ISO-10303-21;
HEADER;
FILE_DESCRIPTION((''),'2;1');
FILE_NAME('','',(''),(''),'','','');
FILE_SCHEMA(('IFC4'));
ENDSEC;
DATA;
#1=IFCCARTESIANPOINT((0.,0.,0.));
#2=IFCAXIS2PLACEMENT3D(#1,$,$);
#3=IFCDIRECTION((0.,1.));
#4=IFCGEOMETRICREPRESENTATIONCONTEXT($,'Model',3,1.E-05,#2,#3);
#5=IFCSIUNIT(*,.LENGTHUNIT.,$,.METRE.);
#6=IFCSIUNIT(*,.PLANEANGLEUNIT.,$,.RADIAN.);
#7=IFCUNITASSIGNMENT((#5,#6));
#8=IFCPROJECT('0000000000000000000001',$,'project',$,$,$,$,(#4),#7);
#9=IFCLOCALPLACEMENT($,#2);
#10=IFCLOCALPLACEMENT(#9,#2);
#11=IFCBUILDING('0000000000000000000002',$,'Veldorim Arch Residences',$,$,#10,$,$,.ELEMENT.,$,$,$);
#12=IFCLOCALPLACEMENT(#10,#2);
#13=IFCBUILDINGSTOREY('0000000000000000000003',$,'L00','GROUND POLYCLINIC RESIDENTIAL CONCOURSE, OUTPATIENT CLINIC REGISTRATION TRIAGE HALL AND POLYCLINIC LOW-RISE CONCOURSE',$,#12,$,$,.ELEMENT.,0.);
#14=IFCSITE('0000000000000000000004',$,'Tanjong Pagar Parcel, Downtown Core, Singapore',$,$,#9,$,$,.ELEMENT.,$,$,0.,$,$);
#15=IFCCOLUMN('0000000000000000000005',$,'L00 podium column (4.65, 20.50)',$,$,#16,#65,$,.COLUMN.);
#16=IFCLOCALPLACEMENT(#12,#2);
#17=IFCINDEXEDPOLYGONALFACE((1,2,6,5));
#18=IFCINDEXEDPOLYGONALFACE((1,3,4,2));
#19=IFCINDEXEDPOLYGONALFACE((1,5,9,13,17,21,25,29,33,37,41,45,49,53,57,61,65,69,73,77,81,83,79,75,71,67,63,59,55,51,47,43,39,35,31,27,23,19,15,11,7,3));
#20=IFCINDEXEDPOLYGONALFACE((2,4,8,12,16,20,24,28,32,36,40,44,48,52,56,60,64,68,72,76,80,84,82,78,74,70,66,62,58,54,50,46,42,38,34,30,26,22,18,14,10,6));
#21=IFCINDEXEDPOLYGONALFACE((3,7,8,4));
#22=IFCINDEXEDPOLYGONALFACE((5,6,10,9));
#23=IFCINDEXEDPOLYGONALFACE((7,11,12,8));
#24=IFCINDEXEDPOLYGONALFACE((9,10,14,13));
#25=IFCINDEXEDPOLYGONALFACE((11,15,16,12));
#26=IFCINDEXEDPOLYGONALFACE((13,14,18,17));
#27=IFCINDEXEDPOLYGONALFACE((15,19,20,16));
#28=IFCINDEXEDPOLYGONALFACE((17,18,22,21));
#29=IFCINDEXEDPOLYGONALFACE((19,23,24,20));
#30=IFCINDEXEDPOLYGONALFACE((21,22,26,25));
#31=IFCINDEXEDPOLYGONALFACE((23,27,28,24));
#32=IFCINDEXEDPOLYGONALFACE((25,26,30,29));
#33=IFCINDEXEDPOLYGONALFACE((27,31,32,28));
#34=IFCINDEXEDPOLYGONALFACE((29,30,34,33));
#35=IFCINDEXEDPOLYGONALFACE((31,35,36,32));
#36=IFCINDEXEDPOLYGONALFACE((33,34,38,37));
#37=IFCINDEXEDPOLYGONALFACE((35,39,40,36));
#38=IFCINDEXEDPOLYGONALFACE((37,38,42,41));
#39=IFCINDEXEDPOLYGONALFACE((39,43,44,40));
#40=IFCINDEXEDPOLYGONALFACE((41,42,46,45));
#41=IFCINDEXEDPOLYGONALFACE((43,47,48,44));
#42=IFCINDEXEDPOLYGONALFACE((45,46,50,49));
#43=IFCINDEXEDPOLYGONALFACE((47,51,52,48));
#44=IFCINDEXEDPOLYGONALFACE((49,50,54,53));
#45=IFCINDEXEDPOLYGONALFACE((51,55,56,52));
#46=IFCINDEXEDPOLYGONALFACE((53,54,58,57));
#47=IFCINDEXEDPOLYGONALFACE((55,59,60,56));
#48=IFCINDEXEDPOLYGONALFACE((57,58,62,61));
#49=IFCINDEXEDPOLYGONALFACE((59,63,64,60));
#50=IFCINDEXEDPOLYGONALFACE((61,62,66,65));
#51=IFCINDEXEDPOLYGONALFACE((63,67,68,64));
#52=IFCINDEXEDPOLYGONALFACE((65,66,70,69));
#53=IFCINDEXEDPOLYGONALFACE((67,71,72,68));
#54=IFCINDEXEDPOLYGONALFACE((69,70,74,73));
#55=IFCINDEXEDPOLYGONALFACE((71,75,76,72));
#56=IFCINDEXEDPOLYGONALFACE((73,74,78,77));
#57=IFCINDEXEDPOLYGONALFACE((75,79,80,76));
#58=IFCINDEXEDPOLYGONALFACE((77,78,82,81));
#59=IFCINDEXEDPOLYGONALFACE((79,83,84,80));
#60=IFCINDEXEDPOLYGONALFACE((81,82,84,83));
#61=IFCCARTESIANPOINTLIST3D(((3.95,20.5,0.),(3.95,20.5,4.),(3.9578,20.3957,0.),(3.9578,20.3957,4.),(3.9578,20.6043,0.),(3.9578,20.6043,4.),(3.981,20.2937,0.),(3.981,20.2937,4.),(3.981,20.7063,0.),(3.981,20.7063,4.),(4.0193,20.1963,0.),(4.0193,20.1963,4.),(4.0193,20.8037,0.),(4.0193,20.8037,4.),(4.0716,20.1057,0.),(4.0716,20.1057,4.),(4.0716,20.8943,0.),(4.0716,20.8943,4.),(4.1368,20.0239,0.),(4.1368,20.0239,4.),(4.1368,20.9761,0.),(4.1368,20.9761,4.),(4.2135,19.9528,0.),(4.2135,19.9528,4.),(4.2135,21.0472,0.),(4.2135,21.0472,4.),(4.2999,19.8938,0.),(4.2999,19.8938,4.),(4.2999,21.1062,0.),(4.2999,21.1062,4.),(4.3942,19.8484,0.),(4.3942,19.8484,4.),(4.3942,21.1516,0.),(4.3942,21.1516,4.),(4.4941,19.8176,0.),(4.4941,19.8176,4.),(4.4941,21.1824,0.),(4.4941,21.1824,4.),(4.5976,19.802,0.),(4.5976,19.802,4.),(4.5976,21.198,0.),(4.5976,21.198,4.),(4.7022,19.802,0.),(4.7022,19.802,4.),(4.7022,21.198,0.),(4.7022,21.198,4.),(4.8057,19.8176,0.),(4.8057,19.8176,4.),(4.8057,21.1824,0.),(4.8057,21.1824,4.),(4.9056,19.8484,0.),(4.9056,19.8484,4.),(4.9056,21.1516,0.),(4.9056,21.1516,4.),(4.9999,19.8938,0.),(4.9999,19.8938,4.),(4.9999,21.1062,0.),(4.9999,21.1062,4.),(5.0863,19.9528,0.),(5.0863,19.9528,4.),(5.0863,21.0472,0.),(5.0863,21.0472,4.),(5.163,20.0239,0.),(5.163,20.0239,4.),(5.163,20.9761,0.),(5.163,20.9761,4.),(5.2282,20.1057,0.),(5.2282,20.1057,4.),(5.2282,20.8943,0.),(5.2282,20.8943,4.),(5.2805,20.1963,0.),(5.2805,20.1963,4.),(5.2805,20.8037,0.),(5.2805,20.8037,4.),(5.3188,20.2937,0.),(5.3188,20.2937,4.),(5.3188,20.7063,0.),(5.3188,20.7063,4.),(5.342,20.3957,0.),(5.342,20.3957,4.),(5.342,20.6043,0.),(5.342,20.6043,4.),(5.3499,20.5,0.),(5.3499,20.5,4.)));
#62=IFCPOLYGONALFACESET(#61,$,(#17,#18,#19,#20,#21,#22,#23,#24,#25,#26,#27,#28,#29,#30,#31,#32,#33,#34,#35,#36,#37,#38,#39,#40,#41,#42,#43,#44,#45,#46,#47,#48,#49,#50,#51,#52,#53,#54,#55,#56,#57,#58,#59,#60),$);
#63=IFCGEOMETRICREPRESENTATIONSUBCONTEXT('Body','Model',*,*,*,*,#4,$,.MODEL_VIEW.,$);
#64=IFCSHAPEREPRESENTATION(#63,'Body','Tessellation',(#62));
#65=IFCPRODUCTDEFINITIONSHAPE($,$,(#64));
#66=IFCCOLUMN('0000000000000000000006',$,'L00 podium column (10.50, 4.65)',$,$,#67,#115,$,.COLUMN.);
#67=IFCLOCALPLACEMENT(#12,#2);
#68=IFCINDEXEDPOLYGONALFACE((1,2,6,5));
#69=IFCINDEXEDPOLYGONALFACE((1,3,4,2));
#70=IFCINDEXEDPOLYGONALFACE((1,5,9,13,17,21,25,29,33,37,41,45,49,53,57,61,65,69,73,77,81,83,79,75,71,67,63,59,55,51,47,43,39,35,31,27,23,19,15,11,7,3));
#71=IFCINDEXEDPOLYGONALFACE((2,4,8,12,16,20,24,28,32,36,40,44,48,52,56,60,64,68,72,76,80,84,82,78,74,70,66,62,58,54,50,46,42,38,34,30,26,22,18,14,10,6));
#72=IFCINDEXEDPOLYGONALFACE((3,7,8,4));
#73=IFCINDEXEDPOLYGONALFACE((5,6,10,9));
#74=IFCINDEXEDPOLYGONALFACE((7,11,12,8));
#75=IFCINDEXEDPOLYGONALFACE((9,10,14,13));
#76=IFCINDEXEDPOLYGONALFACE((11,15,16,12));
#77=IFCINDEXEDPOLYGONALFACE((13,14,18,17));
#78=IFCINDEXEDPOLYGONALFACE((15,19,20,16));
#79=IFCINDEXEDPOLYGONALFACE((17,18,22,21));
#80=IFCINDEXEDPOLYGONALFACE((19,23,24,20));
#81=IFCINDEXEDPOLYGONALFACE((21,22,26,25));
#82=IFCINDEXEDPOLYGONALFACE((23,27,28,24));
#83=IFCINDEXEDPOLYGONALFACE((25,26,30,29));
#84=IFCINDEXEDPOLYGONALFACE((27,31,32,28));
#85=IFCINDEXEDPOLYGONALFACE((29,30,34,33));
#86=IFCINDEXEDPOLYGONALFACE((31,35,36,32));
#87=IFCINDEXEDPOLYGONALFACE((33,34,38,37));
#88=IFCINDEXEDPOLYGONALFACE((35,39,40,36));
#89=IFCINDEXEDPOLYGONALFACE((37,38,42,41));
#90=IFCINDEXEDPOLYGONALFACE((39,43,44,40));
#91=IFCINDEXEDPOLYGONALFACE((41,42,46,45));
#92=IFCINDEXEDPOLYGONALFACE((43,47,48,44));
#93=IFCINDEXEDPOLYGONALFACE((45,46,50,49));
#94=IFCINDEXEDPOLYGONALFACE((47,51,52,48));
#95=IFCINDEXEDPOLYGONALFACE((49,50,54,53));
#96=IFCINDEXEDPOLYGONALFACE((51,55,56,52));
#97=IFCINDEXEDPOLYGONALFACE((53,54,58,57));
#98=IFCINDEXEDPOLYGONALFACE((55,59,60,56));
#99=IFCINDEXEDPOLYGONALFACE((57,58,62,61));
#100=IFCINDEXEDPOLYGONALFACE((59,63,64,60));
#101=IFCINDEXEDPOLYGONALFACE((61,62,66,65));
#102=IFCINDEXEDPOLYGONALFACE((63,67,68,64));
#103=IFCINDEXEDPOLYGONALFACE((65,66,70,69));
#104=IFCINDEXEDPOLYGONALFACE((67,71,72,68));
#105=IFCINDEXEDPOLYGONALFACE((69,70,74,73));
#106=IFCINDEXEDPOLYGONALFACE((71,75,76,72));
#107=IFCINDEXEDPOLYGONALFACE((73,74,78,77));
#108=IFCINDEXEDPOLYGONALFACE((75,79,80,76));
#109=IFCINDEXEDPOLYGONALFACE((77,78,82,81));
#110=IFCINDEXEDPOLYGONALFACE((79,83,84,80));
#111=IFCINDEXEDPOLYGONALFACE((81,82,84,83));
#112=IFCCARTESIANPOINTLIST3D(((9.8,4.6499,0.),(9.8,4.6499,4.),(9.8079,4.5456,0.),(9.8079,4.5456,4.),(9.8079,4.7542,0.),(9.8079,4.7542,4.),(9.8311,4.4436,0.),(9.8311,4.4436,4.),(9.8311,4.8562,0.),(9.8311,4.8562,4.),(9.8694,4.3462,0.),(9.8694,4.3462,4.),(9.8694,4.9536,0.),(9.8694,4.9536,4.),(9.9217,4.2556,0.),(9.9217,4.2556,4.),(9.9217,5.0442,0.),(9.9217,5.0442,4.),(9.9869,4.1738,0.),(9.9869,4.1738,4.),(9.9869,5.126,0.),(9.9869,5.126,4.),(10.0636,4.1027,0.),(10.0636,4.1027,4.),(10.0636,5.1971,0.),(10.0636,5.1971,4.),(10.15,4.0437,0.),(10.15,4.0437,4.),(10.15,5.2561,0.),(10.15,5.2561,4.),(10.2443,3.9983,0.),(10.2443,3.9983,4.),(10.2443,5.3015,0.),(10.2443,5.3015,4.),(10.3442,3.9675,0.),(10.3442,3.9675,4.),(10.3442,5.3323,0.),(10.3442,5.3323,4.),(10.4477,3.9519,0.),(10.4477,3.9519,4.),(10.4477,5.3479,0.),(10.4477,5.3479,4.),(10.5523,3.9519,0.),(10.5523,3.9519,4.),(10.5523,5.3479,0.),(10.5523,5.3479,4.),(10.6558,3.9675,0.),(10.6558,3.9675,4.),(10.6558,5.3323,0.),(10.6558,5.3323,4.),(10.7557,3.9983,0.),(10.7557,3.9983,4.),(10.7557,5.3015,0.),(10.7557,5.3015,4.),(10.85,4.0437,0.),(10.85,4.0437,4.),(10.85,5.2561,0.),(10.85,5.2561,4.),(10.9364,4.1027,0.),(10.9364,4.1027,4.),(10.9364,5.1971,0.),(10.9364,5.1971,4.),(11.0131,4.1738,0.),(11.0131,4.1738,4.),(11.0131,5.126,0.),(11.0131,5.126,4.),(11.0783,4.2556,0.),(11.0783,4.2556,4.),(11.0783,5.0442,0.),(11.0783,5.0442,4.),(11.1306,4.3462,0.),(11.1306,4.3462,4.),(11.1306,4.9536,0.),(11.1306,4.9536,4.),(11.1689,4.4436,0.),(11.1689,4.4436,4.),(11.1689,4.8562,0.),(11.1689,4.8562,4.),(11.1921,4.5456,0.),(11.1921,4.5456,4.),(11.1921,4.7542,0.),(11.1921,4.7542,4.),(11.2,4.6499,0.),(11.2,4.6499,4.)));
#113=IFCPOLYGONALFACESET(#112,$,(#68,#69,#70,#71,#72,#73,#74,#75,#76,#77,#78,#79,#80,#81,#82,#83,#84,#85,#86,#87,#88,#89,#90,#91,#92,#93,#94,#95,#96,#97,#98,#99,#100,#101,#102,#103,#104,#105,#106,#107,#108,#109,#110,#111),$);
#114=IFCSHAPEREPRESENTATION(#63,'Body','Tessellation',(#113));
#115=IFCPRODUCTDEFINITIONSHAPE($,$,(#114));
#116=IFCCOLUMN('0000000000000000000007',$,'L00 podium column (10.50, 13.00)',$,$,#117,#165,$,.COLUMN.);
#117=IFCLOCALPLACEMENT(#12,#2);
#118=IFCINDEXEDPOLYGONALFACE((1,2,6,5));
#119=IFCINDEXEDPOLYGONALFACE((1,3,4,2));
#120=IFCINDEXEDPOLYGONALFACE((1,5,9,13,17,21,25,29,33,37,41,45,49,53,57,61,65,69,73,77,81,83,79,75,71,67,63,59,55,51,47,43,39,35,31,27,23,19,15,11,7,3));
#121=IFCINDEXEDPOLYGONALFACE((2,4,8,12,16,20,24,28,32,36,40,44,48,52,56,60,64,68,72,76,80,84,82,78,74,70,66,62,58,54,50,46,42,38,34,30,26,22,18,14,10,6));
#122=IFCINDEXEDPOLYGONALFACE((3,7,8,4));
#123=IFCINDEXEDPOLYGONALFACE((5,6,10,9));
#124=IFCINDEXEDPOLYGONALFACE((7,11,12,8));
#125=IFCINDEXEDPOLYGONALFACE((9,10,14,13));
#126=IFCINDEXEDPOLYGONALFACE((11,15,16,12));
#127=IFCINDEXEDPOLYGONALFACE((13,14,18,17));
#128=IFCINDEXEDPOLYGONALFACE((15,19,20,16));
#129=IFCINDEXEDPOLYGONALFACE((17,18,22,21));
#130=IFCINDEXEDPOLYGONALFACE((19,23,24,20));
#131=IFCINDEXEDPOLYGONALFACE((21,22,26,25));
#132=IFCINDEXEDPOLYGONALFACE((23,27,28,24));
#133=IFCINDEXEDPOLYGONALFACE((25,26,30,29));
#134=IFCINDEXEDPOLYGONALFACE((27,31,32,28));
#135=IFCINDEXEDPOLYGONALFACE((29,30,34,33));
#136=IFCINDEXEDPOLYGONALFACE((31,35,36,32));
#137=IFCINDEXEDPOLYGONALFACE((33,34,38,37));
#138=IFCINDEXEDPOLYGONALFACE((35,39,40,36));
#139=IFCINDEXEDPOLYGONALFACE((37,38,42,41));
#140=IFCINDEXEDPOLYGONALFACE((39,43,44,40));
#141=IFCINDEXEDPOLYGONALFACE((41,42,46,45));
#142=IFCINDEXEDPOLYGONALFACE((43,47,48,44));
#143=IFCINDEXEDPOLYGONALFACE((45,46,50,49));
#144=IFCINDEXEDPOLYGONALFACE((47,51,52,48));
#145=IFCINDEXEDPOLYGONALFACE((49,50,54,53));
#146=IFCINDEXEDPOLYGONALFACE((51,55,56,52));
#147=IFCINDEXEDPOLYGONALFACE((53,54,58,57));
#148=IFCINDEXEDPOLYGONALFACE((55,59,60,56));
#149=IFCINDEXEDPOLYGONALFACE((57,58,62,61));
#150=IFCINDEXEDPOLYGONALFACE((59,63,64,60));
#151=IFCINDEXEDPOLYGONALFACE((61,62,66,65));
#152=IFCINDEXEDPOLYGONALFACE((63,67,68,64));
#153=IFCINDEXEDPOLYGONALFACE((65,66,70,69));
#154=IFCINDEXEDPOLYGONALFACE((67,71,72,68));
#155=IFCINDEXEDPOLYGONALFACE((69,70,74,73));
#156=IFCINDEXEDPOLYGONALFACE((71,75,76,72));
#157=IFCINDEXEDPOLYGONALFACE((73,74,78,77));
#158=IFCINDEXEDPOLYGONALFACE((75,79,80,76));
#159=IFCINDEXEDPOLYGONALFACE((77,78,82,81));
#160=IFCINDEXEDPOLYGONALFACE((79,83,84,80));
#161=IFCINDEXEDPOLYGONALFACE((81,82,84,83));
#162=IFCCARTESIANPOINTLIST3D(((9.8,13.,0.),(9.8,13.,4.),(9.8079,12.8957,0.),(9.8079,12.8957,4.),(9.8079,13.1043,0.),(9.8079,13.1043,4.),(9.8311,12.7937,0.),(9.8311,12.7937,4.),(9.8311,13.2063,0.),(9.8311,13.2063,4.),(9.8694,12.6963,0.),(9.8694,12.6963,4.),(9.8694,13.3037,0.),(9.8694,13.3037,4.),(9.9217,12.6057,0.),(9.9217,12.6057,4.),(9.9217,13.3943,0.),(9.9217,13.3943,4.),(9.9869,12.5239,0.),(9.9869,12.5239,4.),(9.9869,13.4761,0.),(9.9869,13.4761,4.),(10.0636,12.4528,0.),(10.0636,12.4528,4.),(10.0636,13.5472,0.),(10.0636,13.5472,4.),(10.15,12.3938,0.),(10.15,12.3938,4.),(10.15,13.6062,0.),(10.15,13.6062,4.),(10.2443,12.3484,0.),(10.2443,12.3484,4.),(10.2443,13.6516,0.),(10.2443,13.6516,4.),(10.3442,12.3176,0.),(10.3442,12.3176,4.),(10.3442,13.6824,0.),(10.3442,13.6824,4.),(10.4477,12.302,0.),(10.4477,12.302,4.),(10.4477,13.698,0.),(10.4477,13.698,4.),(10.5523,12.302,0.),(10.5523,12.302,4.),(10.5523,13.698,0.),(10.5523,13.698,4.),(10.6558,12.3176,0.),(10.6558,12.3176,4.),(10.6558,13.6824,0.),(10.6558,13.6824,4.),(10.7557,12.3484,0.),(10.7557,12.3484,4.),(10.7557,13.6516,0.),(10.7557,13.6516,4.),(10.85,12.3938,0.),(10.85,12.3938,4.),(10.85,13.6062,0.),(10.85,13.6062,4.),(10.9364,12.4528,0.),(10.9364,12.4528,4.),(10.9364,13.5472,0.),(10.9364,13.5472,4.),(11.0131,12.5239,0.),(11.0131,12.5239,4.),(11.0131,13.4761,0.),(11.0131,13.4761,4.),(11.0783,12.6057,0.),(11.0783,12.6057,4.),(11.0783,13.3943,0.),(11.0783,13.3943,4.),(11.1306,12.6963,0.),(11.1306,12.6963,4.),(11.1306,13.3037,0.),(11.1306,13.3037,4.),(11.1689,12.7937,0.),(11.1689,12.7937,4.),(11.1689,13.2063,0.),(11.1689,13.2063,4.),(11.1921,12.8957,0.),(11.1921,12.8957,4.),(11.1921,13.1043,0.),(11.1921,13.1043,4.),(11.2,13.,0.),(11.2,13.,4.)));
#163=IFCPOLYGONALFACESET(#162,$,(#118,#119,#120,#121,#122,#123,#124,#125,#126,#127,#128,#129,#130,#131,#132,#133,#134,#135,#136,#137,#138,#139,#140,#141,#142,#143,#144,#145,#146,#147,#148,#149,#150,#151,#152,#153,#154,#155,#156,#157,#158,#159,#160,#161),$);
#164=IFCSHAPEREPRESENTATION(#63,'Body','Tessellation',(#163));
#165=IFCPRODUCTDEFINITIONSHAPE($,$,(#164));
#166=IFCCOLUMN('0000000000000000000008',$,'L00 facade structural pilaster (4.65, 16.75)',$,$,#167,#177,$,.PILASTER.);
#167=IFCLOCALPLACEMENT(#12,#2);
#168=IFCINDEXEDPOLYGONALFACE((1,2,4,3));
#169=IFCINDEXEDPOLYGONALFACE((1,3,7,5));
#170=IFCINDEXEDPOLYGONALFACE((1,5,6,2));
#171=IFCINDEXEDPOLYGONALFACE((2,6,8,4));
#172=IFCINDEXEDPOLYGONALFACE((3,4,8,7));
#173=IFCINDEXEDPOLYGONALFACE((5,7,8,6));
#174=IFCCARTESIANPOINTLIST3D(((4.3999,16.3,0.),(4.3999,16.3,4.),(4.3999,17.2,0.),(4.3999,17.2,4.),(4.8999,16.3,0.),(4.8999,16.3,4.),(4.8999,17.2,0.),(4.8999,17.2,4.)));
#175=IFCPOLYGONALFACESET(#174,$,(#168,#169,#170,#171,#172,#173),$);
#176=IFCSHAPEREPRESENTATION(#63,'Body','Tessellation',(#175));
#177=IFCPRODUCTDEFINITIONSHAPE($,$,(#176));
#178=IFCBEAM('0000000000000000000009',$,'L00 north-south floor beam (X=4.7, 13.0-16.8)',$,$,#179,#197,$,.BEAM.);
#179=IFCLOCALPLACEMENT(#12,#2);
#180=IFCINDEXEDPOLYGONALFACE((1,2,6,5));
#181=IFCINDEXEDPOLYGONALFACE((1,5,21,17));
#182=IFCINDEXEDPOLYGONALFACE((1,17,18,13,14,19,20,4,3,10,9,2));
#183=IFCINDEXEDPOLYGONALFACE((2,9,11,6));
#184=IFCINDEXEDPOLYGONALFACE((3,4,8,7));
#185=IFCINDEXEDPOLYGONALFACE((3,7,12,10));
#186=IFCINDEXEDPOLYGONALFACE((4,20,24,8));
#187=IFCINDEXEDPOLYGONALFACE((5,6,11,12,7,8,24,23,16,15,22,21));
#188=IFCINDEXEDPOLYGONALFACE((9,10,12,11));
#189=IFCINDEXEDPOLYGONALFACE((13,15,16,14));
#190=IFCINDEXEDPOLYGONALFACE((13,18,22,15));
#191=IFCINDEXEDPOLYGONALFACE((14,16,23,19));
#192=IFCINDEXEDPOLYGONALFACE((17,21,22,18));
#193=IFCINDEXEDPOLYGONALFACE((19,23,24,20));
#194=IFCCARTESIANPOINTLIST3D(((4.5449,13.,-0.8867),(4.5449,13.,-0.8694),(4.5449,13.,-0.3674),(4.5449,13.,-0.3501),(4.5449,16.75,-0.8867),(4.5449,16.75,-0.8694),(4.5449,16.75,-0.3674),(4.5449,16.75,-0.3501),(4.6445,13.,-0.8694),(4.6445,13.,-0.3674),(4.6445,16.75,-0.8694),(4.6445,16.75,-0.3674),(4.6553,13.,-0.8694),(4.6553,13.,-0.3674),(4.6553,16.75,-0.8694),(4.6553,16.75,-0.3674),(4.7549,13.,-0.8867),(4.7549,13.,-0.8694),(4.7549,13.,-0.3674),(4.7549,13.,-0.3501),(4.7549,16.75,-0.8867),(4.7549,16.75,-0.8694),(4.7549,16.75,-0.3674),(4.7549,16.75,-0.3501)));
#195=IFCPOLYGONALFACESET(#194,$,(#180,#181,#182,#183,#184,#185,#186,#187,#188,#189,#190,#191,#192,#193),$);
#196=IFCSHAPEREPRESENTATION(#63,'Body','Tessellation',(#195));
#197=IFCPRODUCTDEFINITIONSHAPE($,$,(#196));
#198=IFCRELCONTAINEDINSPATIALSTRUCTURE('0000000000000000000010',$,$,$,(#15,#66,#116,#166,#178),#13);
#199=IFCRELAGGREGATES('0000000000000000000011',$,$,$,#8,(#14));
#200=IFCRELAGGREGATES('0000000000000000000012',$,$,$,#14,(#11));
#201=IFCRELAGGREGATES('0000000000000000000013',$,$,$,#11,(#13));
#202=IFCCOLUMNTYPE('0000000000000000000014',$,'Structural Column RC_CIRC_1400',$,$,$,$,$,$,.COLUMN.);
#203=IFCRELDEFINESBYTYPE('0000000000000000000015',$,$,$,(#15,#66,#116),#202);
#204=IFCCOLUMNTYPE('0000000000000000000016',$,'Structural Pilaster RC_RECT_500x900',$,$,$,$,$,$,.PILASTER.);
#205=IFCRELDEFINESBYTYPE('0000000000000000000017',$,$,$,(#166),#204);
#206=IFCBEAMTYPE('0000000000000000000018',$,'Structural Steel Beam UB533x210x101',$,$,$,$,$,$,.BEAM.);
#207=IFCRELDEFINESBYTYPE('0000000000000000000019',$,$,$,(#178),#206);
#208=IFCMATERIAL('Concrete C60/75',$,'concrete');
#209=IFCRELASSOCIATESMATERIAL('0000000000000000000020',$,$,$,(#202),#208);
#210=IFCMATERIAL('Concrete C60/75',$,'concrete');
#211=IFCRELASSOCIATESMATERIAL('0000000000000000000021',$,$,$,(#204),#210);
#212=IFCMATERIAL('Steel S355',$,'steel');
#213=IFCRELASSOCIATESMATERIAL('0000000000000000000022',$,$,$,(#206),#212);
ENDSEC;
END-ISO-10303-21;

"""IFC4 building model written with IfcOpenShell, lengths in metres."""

from ifc_helpers import new_model, si_unit, direction, frame, origin, origin_2d, place, context, subcontext, project, spatial, rectangle, circle, i_section, extrude, material, material_profile, profile_set, type_object, element, save


model = new_model("IFC4")

# Units and contexts
model_context = context("Model", 3, precision=1e-05, world=origin(), true_north=direction((0.0, 1.0)))
body_context = subcontext(model_context, "Body", "Model", "MODEL_VIEW")
ifc_project = project(units=[si_unit("LENGTHUNIT", "METRE"), si_unit("PLANEANGLEUNIT", "RADIAN")], contexts=[model_context])

# Site, building, storey
site_placement = place(None, origin())
site = spatial("IfcSite", under=ifc_project, at=site_placement, Name="Tanjong Pagar Parcel, Downtown Core, Singapore", CompositionType="ELEMENT", RefElevation=0.0)
building_placement = place(site_placement, origin())
building = spatial("IfcBuilding", under=site, at=building_placement, Name="Veldorim Arch Residences", CompositionType="ELEMENT")
storey_placement = place(building_placement, origin())
storey = spatial("IfcBuildingStorey", under=building, at=storey_placement, Name="L00", Description="GROUND POLYCLINIC RESIDENTIAL CONCOURSE, OUTPATIENT CLINIC REGISTRATION TRIAGE HALL AND POLYCLINIC LOW-RISE CONCOURSE", CompositionType="ELEMENT", Elevation=0.0)

# Columns
ifc_material_1 = material(Name="Concrete C60/75", Category="concrete")
ifc_material_profile_1 = material_profile(ifc_material_1, circle(Radius=0.7, at=origin_2d()), Name="RC_CIRC_1400")
ifc_profile_set_1 = profile_set([ifc_material_profile_1], Name="Concrete C60/75")
column_type_1 = type_object("IfcColumnType", Name="Structural Column RC_CIRC_1400", PredefinedType="COLUMN", material=ifc_profile_set_1)
for number, where, z_axis, x_axis, name in (
    (1, (4.6499, 20.5, 0.0), (0.0, 0.0, 1.0), (1.0, 0.0, 0.0), "L00 podium column (4.65, 20.50)"),
    (2, (10.5, 4.6499, 0.0), (0.0, 0.0, 1.0), (1.0, 0.0, 0.0), "L00 podium column (10.50, 4.65)"),
    (3, (10.5, 13.0, 0.0), (0.0, 0.0, 1.0), (1.0, 0.0, 0.0), "L00 podium column (10.50, 13.00)"),
):
    element("IfcColumn", number, at=place(storey_placement, frame(where, z_axis=z_axis, x_axis=x_axis)), inside=storey, type_object=column_type_1, Name=name, PredefinedType="COLUMN", context=body_context, shape_type="SweptSolid", body=[
        extrude(circle(Radius=0.7, at=origin_2d()), origin(), (0.0, 0.0, 1.0), 4.0),
    ])
ifc_material_2 = material(Name="Concrete C60/75", Category="concrete")
ifc_material_profile_2 = material_profile(ifc_material_2, rectangle(XDim=0.5, YDim=0.8999, at=origin_2d()), Name="RC_RECT_500x900")
ifc_profile_set_2 = profile_set([ifc_material_profile_2], Name="Concrete C60/75")
column_type_2 = type_object("IfcColumnType", Name="Structural Pilaster RC_RECT_500x900", PredefinedType="PILASTER", material=ifc_profile_set_2)
column_placement = place(storey_placement, frame((4.6499, 16.75, 0.0), z_axis=(0.0, 0.0, 1.0), x_axis=(1.0, 0.0, 0.0)))
element("IfcColumn", 4, at=column_placement, inside=storey, type_object=column_type_2, Name="L00 facade structural pilaster (4.65, 16.75)", PredefinedType="PILASTER", context=body_context, shape_type="SweptSolid", body=[
    extrude(rectangle(XDim=0.5, YDim=0.8999, at=origin_2d()), origin(), (0.0, 0.0, 1.0), 4.0),
])

# Beam
ifc_material_3 = material(Name="Steel S355", Category="steel")
ifc_material_profile_3 = material_profile(ifc_material_3, i_section(OverallWidth=0.21, OverallDepth=0.5366, WebThickness=0.0107, FlangeThickness=0.0173, at=origin_2d()), Name="UB533x210x101")
ifc_profile_set_3 = profile_set([ifc_material_profile_3], Name="Steel S355")
beam_type_1 = type_object("IfcBeamType", Name="Structural Steel Beam UB533x210x101", PredefinedType="BEAM", material=ifc_profile_set_3)
beam_1_placement = place(storey_placement, frame((4.6499, 13.0, -0.6184), z_axis=(0.0, 1.0, 0.0), x_axis=(-1.0, 0.0, 0.0)))
element("IfcBeam", 5, at=beam_1_placement, inside=storey, type_object=beam_type_1, Name="L00 north-south floor beam (X=4.7, 13.0-16.8)", PredefinedType="BEAM", context=body_context, shape_type="SweptSolid", body=[
    extrude(i_section(OverallWidth=0.21, OverallDepth=0.5366, WebThickness=0.0107, FlangeThickness=0.0173, at=origin_2d()), origin(), (0.0, 0.0, 1.0), 3.75),
])

save(model, "model.ifc")
